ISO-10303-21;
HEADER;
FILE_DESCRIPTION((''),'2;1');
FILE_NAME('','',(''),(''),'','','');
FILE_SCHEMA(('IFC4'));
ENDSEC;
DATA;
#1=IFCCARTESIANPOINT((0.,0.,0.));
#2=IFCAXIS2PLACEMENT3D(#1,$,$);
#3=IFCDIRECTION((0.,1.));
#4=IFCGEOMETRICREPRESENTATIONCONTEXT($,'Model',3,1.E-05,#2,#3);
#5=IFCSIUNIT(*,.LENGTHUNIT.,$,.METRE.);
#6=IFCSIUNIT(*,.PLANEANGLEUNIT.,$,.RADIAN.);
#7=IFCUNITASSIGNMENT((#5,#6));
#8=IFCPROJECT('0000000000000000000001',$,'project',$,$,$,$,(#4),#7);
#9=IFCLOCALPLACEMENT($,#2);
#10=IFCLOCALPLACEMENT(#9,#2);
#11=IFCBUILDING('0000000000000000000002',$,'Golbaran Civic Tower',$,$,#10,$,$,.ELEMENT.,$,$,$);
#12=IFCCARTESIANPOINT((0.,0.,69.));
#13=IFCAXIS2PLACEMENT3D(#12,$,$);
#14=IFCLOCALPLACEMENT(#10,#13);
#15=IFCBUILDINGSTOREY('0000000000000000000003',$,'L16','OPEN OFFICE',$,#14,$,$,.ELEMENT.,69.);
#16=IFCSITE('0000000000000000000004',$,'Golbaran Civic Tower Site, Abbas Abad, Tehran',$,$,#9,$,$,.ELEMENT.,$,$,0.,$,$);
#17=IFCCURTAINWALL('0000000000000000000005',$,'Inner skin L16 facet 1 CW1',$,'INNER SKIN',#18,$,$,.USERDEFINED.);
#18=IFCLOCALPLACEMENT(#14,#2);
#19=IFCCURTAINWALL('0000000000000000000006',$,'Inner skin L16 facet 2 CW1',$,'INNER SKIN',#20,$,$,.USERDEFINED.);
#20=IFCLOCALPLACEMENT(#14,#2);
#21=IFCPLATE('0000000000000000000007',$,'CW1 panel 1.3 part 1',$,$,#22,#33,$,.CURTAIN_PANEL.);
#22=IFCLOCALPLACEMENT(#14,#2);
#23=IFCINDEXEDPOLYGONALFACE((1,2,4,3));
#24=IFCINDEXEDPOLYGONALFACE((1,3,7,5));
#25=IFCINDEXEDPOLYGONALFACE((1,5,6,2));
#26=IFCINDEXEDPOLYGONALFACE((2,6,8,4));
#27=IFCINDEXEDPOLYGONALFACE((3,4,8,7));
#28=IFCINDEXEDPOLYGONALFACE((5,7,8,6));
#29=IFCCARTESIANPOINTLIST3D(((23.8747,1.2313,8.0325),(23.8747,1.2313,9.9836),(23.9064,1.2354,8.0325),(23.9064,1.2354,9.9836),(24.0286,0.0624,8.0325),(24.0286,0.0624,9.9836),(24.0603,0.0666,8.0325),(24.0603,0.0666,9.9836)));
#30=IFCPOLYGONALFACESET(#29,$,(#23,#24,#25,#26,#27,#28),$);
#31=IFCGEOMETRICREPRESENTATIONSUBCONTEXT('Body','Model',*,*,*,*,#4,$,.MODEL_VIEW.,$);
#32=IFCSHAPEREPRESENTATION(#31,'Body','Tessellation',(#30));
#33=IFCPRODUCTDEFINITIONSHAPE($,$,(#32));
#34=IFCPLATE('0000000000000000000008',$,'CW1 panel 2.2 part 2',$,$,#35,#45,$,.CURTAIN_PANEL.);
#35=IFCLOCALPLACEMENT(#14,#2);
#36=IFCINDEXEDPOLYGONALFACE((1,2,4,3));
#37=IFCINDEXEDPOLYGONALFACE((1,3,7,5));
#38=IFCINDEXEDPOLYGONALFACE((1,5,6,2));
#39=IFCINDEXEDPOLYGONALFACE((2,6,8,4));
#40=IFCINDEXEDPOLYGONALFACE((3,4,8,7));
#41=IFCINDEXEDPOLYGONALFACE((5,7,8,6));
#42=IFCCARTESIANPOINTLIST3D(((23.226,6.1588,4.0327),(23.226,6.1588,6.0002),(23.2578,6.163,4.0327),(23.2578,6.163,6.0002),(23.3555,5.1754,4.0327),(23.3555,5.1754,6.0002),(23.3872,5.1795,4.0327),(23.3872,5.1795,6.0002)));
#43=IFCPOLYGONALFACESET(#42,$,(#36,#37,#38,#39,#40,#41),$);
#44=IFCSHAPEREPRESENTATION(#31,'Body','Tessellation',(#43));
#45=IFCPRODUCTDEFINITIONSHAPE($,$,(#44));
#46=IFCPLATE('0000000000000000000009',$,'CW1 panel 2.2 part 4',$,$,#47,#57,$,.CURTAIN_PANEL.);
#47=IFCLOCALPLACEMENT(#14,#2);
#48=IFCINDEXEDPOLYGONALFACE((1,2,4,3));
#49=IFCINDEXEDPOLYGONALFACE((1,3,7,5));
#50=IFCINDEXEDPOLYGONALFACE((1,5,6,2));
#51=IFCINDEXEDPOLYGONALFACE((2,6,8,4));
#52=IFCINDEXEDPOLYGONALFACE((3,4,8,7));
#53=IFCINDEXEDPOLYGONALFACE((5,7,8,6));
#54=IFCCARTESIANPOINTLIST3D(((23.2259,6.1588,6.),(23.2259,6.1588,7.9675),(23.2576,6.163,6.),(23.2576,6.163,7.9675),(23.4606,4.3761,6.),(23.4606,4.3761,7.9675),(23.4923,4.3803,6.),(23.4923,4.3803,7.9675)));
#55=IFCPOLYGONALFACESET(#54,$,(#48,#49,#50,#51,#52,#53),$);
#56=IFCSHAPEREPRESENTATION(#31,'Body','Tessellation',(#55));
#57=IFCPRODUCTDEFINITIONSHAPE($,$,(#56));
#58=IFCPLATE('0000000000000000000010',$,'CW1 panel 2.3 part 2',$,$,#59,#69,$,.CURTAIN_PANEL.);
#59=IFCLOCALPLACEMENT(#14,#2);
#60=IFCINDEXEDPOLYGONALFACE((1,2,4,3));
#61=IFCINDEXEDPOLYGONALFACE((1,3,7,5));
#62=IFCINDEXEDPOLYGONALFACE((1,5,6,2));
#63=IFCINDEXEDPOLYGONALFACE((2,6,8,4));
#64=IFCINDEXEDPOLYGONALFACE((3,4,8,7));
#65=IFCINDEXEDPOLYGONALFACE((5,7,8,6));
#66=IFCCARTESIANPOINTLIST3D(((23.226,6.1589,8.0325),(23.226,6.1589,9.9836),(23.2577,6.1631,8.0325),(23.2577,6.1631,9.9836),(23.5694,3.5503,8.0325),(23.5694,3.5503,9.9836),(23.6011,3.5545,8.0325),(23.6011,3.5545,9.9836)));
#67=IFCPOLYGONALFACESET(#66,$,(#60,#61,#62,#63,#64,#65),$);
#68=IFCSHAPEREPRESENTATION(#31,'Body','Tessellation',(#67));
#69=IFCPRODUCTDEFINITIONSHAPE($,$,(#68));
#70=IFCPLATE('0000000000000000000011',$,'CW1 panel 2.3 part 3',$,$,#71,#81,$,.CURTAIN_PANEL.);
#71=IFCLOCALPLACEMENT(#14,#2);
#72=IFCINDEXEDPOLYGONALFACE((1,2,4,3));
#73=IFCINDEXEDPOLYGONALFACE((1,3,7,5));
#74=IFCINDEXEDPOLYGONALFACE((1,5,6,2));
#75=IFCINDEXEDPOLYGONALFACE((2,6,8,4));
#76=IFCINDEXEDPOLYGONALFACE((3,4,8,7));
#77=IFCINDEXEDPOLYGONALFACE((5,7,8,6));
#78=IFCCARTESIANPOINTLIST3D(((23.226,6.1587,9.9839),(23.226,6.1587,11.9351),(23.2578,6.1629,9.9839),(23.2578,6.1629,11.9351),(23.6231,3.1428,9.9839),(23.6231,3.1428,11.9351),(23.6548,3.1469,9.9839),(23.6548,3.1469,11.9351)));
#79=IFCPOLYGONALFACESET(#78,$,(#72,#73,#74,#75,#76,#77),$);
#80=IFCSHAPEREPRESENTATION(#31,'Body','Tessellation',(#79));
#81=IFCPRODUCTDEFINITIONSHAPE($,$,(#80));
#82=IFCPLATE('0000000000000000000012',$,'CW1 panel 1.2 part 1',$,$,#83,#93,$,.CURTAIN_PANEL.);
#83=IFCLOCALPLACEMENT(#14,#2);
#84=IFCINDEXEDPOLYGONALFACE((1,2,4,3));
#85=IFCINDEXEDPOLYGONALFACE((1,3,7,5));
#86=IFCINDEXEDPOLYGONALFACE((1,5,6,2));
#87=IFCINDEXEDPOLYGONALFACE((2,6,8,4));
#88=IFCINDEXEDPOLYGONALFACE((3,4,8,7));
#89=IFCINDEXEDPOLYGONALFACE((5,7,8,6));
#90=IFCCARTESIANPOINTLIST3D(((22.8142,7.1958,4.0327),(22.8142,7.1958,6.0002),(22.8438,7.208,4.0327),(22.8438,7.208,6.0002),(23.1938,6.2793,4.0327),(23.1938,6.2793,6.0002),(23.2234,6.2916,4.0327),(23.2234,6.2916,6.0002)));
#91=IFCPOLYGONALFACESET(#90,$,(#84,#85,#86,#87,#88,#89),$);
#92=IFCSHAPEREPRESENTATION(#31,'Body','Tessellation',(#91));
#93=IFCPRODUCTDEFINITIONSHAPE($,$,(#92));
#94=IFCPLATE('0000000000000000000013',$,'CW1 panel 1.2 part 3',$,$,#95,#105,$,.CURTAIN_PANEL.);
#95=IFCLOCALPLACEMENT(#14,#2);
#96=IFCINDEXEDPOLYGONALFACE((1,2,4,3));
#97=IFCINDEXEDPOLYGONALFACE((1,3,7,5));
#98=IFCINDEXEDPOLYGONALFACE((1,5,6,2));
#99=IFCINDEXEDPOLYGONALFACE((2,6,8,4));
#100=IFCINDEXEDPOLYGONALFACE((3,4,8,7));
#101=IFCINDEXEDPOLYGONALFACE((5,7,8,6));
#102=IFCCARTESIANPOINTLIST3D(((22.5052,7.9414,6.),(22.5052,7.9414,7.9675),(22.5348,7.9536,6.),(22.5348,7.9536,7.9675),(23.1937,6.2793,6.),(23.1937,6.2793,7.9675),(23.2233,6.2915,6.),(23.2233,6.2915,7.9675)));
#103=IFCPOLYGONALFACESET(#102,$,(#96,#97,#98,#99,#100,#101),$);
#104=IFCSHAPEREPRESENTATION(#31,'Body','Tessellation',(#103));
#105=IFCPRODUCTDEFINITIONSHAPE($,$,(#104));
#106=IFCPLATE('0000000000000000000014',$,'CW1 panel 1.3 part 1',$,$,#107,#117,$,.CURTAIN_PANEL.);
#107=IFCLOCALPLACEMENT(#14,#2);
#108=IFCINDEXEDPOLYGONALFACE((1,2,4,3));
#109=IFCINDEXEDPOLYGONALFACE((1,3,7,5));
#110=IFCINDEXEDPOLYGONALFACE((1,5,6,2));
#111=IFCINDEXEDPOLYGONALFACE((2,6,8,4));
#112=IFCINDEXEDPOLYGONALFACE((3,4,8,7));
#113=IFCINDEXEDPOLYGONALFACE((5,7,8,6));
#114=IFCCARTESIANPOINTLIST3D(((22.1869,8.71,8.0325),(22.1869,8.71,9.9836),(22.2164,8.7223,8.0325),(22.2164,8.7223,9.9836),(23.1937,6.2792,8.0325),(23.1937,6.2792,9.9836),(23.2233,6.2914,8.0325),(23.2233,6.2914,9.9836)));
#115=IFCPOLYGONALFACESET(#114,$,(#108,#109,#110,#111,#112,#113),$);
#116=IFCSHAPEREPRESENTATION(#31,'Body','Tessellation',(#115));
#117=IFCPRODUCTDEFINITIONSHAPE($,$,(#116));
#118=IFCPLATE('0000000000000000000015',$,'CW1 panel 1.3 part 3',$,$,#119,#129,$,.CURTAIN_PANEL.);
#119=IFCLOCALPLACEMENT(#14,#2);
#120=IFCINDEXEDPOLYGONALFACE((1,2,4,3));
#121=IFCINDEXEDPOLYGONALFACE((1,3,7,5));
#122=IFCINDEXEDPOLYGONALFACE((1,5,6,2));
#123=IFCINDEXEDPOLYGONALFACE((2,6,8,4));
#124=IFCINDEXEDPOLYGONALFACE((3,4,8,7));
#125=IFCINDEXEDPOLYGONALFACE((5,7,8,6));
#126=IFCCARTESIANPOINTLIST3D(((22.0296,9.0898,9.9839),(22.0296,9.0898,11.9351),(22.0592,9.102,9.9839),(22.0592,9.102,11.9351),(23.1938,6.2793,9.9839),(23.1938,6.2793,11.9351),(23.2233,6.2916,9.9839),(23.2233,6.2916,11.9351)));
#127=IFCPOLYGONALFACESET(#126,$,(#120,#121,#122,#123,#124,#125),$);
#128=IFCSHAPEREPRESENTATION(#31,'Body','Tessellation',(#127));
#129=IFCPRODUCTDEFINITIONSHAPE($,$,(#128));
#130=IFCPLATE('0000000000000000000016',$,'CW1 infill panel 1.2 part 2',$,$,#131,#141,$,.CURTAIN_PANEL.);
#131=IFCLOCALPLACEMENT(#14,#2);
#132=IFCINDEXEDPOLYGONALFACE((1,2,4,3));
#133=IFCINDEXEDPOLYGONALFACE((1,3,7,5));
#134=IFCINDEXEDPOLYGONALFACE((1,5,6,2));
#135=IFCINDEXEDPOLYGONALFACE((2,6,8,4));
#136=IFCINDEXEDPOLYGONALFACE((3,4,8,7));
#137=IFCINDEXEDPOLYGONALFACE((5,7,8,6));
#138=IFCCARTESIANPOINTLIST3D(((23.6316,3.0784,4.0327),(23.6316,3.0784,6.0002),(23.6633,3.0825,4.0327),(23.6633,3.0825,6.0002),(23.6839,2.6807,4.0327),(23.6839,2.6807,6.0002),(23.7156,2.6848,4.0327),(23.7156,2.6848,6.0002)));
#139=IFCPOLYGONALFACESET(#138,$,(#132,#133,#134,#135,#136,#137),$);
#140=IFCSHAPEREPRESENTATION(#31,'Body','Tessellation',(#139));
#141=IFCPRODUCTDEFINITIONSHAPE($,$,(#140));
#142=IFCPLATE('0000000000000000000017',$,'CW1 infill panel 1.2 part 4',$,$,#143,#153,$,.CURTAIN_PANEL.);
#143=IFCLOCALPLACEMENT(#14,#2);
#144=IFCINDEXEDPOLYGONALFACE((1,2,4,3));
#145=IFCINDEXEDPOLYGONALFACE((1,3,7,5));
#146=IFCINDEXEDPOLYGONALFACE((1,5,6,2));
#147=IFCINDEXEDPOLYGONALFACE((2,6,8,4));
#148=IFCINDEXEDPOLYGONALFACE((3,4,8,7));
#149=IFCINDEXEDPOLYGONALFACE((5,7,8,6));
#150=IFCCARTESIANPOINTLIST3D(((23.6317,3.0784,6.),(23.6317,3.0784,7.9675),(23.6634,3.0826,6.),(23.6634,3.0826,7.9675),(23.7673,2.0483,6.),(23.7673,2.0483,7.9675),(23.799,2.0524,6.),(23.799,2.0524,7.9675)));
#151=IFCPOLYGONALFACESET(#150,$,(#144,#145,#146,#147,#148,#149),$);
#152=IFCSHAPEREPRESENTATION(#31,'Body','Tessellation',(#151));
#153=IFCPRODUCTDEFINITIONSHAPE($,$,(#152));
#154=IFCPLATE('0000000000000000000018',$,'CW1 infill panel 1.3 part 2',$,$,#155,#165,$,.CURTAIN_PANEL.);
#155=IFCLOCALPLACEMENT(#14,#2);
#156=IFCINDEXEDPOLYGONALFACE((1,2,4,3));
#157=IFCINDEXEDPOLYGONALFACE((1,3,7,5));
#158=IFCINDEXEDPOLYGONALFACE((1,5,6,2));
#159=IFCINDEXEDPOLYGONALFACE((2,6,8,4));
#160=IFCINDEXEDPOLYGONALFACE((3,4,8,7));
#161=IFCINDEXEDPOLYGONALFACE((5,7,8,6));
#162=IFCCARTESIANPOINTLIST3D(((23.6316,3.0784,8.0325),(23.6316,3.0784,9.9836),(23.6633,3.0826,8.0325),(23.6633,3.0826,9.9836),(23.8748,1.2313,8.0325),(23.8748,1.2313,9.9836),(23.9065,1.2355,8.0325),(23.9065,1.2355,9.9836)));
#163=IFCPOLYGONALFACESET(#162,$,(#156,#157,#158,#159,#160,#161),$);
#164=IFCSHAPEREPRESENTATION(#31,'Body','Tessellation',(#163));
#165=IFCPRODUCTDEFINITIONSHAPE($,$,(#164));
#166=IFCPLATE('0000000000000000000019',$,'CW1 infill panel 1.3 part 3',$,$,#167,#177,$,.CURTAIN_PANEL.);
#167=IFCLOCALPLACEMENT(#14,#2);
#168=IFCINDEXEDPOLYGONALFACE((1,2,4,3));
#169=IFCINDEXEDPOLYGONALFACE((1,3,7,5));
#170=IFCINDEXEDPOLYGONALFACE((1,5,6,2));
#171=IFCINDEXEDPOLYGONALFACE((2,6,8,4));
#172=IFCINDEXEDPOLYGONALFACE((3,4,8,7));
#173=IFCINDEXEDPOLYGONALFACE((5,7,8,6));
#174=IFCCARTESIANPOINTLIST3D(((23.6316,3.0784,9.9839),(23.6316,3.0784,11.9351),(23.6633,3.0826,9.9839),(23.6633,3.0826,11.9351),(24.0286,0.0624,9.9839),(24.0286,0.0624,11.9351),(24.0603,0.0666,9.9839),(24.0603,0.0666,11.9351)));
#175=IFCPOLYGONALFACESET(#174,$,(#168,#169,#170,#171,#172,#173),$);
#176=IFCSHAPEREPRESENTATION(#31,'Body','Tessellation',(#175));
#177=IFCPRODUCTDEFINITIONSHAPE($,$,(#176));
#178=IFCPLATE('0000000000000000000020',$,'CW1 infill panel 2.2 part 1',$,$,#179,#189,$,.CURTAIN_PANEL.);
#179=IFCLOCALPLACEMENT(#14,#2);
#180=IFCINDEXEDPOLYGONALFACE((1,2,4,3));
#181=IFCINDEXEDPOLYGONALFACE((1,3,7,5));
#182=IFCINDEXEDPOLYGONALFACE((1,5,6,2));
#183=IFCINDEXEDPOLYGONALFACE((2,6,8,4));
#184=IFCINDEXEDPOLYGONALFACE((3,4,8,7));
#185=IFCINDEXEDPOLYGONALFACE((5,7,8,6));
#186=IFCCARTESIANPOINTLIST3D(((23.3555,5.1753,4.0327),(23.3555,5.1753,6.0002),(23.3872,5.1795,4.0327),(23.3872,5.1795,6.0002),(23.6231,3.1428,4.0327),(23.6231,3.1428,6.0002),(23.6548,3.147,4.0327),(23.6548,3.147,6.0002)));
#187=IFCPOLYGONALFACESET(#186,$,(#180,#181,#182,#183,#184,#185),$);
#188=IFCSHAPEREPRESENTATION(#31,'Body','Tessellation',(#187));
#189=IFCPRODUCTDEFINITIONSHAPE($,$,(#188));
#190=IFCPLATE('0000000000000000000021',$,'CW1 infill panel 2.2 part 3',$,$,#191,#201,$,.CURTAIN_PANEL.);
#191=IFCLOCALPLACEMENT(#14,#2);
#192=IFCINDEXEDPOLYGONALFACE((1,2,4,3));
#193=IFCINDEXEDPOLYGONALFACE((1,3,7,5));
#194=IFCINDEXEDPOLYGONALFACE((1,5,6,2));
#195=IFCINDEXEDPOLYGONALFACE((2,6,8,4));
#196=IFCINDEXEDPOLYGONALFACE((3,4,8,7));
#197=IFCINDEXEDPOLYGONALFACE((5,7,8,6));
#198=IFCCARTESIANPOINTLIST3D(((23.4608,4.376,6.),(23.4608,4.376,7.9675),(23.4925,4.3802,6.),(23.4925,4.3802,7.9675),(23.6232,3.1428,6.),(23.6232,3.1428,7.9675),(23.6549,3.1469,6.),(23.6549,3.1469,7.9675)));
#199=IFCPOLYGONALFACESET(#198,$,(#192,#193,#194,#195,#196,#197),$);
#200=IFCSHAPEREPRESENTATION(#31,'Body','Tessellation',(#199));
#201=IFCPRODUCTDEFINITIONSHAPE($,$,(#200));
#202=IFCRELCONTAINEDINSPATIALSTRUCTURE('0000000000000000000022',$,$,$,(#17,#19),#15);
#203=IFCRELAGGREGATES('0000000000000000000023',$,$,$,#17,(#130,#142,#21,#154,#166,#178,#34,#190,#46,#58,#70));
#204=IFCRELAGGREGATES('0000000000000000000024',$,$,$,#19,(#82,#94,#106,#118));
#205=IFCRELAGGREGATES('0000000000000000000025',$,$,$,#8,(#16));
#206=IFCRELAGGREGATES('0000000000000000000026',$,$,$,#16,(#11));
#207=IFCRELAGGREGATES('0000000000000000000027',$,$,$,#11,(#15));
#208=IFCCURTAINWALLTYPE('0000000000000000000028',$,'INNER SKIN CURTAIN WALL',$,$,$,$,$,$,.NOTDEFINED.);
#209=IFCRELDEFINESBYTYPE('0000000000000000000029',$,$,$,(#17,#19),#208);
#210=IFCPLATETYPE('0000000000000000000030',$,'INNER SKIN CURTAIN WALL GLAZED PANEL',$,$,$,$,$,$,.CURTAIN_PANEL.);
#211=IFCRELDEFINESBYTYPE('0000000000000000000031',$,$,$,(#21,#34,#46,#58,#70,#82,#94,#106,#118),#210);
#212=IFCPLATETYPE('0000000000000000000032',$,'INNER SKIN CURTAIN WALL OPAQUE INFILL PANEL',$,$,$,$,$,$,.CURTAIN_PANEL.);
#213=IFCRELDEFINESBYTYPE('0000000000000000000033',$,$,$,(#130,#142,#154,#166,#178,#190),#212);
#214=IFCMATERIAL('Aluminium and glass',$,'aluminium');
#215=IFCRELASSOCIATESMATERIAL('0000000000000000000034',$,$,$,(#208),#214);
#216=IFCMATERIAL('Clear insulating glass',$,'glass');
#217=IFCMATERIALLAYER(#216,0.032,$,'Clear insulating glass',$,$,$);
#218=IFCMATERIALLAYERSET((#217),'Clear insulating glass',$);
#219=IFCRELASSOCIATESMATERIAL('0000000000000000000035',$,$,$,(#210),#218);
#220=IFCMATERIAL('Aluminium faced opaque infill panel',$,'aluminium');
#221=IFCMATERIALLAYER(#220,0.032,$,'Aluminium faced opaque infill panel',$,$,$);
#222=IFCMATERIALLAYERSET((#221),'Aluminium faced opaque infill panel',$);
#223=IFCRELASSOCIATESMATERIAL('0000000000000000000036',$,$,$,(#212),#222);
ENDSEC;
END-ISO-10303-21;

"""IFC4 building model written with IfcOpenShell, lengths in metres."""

from ifc_helpers import new_model, si_unit, direction, frame, origin, origin_2d, place, context, subcontext, project, spatial, rectangle, extrude, material, layer, layer_set, type_object, element, aggregate, save


model = new_model("IFC4")

# Units and contexts
model_context = context("Model", 3, precision=1e-05, world=origin(), true_north=direction((0.0, 1.0)))
body_context = subcontext(model_context, "Body", "Model", "MODEL_VIEW")
ifc_project = project(units=[si_unit("LENGTHUNIT", "METRE"), si_unit("PLANEANGLEUNIT", "RADIAN")], contexts=[model_context])

# Site, building, storey
site_placement = place(None, origin())
site = spatial("IfcSite", under=ifc_project, at=site_placement, Name="Golbaran Civic Tower Site, Abbas Abad, Tehran", CompositionType="ELEMENT", RefElevation=0.0)
building_placement = place(site_placement, origin())
building = spatial("IfcBuilding", under=site, at=building_placement, Name="Golbaran Civic Tower", CompositionType="ELEMENT")
storey_placement = place(building_placement, frame((0.0, 0.0, 69.0)))
storey = spatial("IfcBuildingStorey", under=building, at=storey_placement, Name="L16", Description="OPEN OFFICE", CompositionType="ELEMENT", Elevation=69.0)

# Curtain walls
ifc_material_1 = material(Name="Aluminium and glass", Category="aluminium")
curtain_wall_type_1 = type_object("IfcCurtainWallType", Name="INNER SKIN CURTAIN WALL", PredefinedType="NOTDEFINED", material=ifc_material_1)
curtain_wall_1_placement = place(storey_placement, origin())
curtain_wall_1 = element("IfcCurtainWall", 1, at=curtain_wall_1_placement, inside=storey, type_object=curtain_wall_type_1, Name="Inner skin L16 facet 1 CW1", ObjectType="INNER SKIN", PredefinedType="USERDEFINED")
curtain_wall_2_placement = place(storey_placement, origin())
curtain_wall_2 = element("IfcCurtainWall", 2, at=curtain_wall_2_placement, inside=storey, type_object=curtain_wall_type_1, Name="Inner skin L16 facet 2 CW1", ObjectType="INNER SKIN", PredefinedType="USERDEFINED")

# Plates
ifc_material_2 = material(Name="Clear insulating glass", Category="glass")
ifc_layer_1 = layer(ifc_material_2, 0.032, Name="Clear insulating glass")
ifc_layer_set_1 = layer_set([ifc_layer_1], Name="Clear insulating glass")
plate_type_1 = type_object("IfcPlateType", Name="INNER SKIN CURTAIN WALL GLAZED PANEL", PredefinedType="CURTAIN_PANEL", material=ifc_layer_set_1)
plate_1_placement = place(storey_placement, frame((23.9675, 0.6489, 8.0325), z_axis=(0.0, 0.0, 1.0), x_axis=(-0.130526, 0.991445, 0.0)))
plate_1 = element("IfcPlate", 3, at=plate_1_placement, type_object=plate_type_1, Name="CW1 panel 1.3 part 1", PredefinedType="CURTAIN_PANEL", context=body_context, shape_type="SweptSolid", body=[
    extrude(rectangle(XDim=1.179, YDim=0.032, at=origin_2d()), origin(), (0.0, 0.0, 1.0), 1.9512),
])
plate_2_placement = place(storey_placement, frame((23.3066, 5.6692, 4.0327), z_axis=(0.0, 0.0, 1.0), x_axis=(-0.130526, 0.991445, 0.0)))
plate_2 = element("IfcPlate", 4, at=plate_2_placement, type_object=plate_type_1, Name="CW1 panel 2.2 part 2", PredefinedType="CURTAIN_PANEL", context=body_context, shape_type="SweptSolid", body=[
    extrude(rectangle(XDim=0.9919, YDim=0.032, at=origin_2d()), origin(), (0.0, 0.0, 1.0), 1.9675),
])
plate_3_placement = place(storey_placement, frame((23.3591, 5.2695, 6.0), z_axis=(0.0, 0.0, 1.0), x_axis=(-0.130526, 0.991445, 0.0)))
plate_3 = element("IfcPlate", 5, at=plate_3_placement, type_object=plate_type_1, Name="CW1 panel 2.2 part 4", PredefinedType="CURTAIN_PANEL", context=body_context, shape_type="SweptSolid", body=[
    extrude(rectangle(XDim=1.7981, YDim=0.032, at=origin_2d()), origin(), (0.0, 0.0, 1.0), 1.9675),
])
plate_4_placement = place(storey_placement, frame((23.4136, 4.8567, 8.0325), z_axis=(0.0, 0.0, 1.0), x_axis=(-0.130526, 0.991445, 0.0)))
plate_4 = element("IfcPlate", 6, at=plate_4_placement, type_object=plate_type_1, Name="CW1 panel 2.3 part 2", PredefinedType="CURTAIN_PANEL", context=body_context, shape_type="SweptSolid", body=[
    extrude(rectangle(XDim=2.6311, YDim=0.032, at=origin_2d()), origin(), (0.0, 0.0, 1.0), 1.9512),
])
plate_5_placement = place(storey_placement, frame((23.4404, 4.6528, 9.9839), z_axis=(0.0, 0.0, 1.0), x_axis=(-0.130526, 0.991445, 0.0)))
plate_5 = element("IfcPlate", 7, at=plate_5_placement, type_object=plate_type_1, Name="CW1 panel 2.3 part 3", PredefinedType="CURTAIN_PANEL", context=body_context, shape_type="SweptSolid", body=[
    extrude(rectangle(XDim=3.042, YDim=0.032, at=origin_2d()), origin(), (0.0, 0.0, 1.0), 1.9512),
])
plate_6_placement = place(storey_placement, frame((23.0188, 6.7437, 4.0327), z_axis=(0.0, 0.0, 1.0), x_axis=(-0.382683, 0.92388, 0.0)))
plate_6 = element("IfcPlate", 8, at=plate_6_placement, type_object=plate_type_1, Name="CW1 panel 1.2 part 1", PredefinedType="CURTAIN_PANEL", context=body_context, shape_type="SweptSolid", body=[
    extrude(rectangle(XDim=0.9919, YDim=0.032, at=origin_2d()), origin(), (0.0, 0.0, 1.0), 1.9675),
])
plate_7_placement = place(storey_placement, frame((22.8643, 7.1165, 6.0), z_axis=(0.0, 0.0, 1.0), x_axis=(-0.382683, 0.92388, 0.0)))
plate_7 = element("IfcPlate", 9, at=plate_7_placement, type_object=plate_type_1, Name="CW1 panel 1.2 part 3", PredefinedType="CURTAIN_PANEL", context=body_context, shape_type="SweptSolid", body=[
    extrude(rectangle(XDim=1.7991, YDim=0.032, at=origin_2d()), origin(), (0.0, 0.0, 1.0), 1.9675),
])
plate_8_placement = place(storey_placement, frame((22.7051, 7.5007, 8.0325), z_axis=(0.0, 0.0, 1.0), x_axis=(-0.382683, 0.92388, 0.0)))
plate_8 = element("IfcPlate", 10, at=plate_8_placement, type_object=plate_type_1, Name="CW1 panel 1.3 part 1", PredefinedType="CURTAIN_PANEL", context=body_context, shape_type="SweptSolid", body=[
    extrude(rectangle(XDim=2.6311, YDim=0.032, at=origin_2d()), origin(), (0.0, 0.0, 1.0), 1.9512),
])
plate_9_placement = place(storey_placement, frame((22.6265, 7.6907, 9.9839), z_axis=(0.0, 0.0, 1.0), x_axis=(-0.382683, 0.92388, 0.0)))
plate_9 = element("IfcPlate", 11, at=plate_9_placement, type_object=plate_type_1, Name="CW1 panel 1.3 part 3", PredefinedType="CURTAIN_PANEL", context=body_context, shape_type="SweptSolid", body=[
    extrude(rectangle(XDim=3.042, YDim=0.032, at=origin_2d()), origin(), (0.0, 0.0, 1.0), 1.9512),
])
ifc_material_3 = material(Name="Aluminium faced opaque infill panel", Category="aluminium")
ifc_layer_2 = layer(ifc_material_3, 0.032, Name="Aluminium faced opaque infill panel")
ifc_layer_set_2 = layer_set([ifc_layer_2], Name="Aluminium faced opaque infill panel")
plate_type_2 = type_object("IfcPlateType", Name="INNER SKIN CURTAIN WALL OPAQUE INFILL PANEL", PredefinedType="CURTAIN_PANEL", material=ifc_layer_set_2)
plate_10_placement = place(storey_placement, frame((23.6736, 2.8816, 4.0327), z_axis=(0.0, 0.0, 1.0), x_axis=(-0.130526, 0.991445, 0.0)))
plate_10 = element("IfcPlate", 12, at=plate_10_placement, type_object=plate_type_2, Name="CW1 infill panel 1.2 part 2", PredefinedType="CURTAIN_PANEL", context=body_context, shape_type="SweptSolid", body=[
    extrude(rectangle(XDim=0.4011, YDim=0.032, at=origin_2d()), origin(), (0.0, 0.0, 1.0), 1.9675),
])
plate_11_placement = place(storey_placement, frame((23.7153, 2.5654, 6.0), z_axis=(0.0, 0.0, 1.0), x_axis=(-0.130526, 0.991445, 0.0)))
plate_11 = element("IfcPlate", 13, at=plate_11_placement, type_object=plate_type_2, Name="CW1 infill panel 1.2 part 4", PredefinedType="CURTAIN_PANEL", context=body_context, shape_type="SweptSolid", body=[
    extrude(rectangle(XDim=1.0391, YDim=0.032, at=origin_2d()), origin(), (0.0, 0.0, 1.0), 1.9675),
])
plate_12_placement = place(storey_placement, frame((23.769, 2.157, 8.0325), z_axis=(0.0, 0.0, 1.0), x_axis=(-0.130526, 0.991445, 0.0)))
plate_12 = element("IfcPlate", 14, at=plate_12_placement, type_object=plate_type_2, Name="CW1 infill panel 1.3 part 2", PredefinedType="CURTAIN_PANEL", context=body_context, shape_type="SweptSolid", body=[
    extrude(rectangle(XDim=1.863, YDim=0.032, at=origin_2d()), origin(), (0.0, 0.0, 1.0), 1.9512),
])
plate_13_placement = place(storey_placement, frame((23.8459, 1.5725, 9.9839), z_axis=(0.0, 0.0, 1.0), x_axis=(-0.130526, 0.991445, 0.0)))
plate_13 = element("IfcPlate", 15, at=plate_13_placement, type_object=plate_type_2, Name="CW1 infill panel 1.3 part 3", PredefinedType="CURTAIN_PANEL", context=body_context, shape_type="SweptSolid", body=[
    extrude(rectangle(XDim=3.042, YDim=0.032, at=origin_2d()), origin(), (0.0, 0.0, 1.0), 1.9512),
])
plate_14_placement = place(storey_placement, frame((23.5051, 4.1611, 4.0327), z_axis=(0.0, 0.0, 1.0), x_axis=(-0.130526, 0.991445, 0.0)))
plate_14 = element("IfcPlate", 16, at=plate_14_placement, type_object=plate_type_2, Name="CW1 infill panel 2.2 part 1", PredefinedType="CURTAIN_PANEL", context=body_context, shape_type="SweptSolid", body=[
    extrude(rectangle(XDim=2.05, YDim=0.032, at=origin_2d()), origin(), (0.0, 0.0, 1.0), 1.9675),
])
plate_15_placement = place(storey_placement, frame((23.5579, 3.7615, 6.0), z_axis=(0.0, 0.0, 1.0), x_axis=(-0.130526, 0.991445, 0.0)))
plate_15 = element("IfcPlate", 17, at=plate_15_placement, type_object=plate_type_2, Name="CW1 infill panel 2.2 part 3", PredefinedType="CURTAIN_PANEL", context=body_context, shape_type="SweptSolid", body=[
    extrude(rectangle(XDim=1.2439, YDim=0.032, at=origin_2d()), origin(), (0.0, 0.0, 1.0), 1.9675),
])
aggregate(curtain_wall_1, [plate_10, plate_11, plate_1, plate_12, plate_13, plate_14, plate_2, plate_15, plate_3, plate_4, plate_5])
aggregate(curtain_wall_2, [plate_6, plate_7, plate_8, plate_9])

save(model, "model.ifc")
